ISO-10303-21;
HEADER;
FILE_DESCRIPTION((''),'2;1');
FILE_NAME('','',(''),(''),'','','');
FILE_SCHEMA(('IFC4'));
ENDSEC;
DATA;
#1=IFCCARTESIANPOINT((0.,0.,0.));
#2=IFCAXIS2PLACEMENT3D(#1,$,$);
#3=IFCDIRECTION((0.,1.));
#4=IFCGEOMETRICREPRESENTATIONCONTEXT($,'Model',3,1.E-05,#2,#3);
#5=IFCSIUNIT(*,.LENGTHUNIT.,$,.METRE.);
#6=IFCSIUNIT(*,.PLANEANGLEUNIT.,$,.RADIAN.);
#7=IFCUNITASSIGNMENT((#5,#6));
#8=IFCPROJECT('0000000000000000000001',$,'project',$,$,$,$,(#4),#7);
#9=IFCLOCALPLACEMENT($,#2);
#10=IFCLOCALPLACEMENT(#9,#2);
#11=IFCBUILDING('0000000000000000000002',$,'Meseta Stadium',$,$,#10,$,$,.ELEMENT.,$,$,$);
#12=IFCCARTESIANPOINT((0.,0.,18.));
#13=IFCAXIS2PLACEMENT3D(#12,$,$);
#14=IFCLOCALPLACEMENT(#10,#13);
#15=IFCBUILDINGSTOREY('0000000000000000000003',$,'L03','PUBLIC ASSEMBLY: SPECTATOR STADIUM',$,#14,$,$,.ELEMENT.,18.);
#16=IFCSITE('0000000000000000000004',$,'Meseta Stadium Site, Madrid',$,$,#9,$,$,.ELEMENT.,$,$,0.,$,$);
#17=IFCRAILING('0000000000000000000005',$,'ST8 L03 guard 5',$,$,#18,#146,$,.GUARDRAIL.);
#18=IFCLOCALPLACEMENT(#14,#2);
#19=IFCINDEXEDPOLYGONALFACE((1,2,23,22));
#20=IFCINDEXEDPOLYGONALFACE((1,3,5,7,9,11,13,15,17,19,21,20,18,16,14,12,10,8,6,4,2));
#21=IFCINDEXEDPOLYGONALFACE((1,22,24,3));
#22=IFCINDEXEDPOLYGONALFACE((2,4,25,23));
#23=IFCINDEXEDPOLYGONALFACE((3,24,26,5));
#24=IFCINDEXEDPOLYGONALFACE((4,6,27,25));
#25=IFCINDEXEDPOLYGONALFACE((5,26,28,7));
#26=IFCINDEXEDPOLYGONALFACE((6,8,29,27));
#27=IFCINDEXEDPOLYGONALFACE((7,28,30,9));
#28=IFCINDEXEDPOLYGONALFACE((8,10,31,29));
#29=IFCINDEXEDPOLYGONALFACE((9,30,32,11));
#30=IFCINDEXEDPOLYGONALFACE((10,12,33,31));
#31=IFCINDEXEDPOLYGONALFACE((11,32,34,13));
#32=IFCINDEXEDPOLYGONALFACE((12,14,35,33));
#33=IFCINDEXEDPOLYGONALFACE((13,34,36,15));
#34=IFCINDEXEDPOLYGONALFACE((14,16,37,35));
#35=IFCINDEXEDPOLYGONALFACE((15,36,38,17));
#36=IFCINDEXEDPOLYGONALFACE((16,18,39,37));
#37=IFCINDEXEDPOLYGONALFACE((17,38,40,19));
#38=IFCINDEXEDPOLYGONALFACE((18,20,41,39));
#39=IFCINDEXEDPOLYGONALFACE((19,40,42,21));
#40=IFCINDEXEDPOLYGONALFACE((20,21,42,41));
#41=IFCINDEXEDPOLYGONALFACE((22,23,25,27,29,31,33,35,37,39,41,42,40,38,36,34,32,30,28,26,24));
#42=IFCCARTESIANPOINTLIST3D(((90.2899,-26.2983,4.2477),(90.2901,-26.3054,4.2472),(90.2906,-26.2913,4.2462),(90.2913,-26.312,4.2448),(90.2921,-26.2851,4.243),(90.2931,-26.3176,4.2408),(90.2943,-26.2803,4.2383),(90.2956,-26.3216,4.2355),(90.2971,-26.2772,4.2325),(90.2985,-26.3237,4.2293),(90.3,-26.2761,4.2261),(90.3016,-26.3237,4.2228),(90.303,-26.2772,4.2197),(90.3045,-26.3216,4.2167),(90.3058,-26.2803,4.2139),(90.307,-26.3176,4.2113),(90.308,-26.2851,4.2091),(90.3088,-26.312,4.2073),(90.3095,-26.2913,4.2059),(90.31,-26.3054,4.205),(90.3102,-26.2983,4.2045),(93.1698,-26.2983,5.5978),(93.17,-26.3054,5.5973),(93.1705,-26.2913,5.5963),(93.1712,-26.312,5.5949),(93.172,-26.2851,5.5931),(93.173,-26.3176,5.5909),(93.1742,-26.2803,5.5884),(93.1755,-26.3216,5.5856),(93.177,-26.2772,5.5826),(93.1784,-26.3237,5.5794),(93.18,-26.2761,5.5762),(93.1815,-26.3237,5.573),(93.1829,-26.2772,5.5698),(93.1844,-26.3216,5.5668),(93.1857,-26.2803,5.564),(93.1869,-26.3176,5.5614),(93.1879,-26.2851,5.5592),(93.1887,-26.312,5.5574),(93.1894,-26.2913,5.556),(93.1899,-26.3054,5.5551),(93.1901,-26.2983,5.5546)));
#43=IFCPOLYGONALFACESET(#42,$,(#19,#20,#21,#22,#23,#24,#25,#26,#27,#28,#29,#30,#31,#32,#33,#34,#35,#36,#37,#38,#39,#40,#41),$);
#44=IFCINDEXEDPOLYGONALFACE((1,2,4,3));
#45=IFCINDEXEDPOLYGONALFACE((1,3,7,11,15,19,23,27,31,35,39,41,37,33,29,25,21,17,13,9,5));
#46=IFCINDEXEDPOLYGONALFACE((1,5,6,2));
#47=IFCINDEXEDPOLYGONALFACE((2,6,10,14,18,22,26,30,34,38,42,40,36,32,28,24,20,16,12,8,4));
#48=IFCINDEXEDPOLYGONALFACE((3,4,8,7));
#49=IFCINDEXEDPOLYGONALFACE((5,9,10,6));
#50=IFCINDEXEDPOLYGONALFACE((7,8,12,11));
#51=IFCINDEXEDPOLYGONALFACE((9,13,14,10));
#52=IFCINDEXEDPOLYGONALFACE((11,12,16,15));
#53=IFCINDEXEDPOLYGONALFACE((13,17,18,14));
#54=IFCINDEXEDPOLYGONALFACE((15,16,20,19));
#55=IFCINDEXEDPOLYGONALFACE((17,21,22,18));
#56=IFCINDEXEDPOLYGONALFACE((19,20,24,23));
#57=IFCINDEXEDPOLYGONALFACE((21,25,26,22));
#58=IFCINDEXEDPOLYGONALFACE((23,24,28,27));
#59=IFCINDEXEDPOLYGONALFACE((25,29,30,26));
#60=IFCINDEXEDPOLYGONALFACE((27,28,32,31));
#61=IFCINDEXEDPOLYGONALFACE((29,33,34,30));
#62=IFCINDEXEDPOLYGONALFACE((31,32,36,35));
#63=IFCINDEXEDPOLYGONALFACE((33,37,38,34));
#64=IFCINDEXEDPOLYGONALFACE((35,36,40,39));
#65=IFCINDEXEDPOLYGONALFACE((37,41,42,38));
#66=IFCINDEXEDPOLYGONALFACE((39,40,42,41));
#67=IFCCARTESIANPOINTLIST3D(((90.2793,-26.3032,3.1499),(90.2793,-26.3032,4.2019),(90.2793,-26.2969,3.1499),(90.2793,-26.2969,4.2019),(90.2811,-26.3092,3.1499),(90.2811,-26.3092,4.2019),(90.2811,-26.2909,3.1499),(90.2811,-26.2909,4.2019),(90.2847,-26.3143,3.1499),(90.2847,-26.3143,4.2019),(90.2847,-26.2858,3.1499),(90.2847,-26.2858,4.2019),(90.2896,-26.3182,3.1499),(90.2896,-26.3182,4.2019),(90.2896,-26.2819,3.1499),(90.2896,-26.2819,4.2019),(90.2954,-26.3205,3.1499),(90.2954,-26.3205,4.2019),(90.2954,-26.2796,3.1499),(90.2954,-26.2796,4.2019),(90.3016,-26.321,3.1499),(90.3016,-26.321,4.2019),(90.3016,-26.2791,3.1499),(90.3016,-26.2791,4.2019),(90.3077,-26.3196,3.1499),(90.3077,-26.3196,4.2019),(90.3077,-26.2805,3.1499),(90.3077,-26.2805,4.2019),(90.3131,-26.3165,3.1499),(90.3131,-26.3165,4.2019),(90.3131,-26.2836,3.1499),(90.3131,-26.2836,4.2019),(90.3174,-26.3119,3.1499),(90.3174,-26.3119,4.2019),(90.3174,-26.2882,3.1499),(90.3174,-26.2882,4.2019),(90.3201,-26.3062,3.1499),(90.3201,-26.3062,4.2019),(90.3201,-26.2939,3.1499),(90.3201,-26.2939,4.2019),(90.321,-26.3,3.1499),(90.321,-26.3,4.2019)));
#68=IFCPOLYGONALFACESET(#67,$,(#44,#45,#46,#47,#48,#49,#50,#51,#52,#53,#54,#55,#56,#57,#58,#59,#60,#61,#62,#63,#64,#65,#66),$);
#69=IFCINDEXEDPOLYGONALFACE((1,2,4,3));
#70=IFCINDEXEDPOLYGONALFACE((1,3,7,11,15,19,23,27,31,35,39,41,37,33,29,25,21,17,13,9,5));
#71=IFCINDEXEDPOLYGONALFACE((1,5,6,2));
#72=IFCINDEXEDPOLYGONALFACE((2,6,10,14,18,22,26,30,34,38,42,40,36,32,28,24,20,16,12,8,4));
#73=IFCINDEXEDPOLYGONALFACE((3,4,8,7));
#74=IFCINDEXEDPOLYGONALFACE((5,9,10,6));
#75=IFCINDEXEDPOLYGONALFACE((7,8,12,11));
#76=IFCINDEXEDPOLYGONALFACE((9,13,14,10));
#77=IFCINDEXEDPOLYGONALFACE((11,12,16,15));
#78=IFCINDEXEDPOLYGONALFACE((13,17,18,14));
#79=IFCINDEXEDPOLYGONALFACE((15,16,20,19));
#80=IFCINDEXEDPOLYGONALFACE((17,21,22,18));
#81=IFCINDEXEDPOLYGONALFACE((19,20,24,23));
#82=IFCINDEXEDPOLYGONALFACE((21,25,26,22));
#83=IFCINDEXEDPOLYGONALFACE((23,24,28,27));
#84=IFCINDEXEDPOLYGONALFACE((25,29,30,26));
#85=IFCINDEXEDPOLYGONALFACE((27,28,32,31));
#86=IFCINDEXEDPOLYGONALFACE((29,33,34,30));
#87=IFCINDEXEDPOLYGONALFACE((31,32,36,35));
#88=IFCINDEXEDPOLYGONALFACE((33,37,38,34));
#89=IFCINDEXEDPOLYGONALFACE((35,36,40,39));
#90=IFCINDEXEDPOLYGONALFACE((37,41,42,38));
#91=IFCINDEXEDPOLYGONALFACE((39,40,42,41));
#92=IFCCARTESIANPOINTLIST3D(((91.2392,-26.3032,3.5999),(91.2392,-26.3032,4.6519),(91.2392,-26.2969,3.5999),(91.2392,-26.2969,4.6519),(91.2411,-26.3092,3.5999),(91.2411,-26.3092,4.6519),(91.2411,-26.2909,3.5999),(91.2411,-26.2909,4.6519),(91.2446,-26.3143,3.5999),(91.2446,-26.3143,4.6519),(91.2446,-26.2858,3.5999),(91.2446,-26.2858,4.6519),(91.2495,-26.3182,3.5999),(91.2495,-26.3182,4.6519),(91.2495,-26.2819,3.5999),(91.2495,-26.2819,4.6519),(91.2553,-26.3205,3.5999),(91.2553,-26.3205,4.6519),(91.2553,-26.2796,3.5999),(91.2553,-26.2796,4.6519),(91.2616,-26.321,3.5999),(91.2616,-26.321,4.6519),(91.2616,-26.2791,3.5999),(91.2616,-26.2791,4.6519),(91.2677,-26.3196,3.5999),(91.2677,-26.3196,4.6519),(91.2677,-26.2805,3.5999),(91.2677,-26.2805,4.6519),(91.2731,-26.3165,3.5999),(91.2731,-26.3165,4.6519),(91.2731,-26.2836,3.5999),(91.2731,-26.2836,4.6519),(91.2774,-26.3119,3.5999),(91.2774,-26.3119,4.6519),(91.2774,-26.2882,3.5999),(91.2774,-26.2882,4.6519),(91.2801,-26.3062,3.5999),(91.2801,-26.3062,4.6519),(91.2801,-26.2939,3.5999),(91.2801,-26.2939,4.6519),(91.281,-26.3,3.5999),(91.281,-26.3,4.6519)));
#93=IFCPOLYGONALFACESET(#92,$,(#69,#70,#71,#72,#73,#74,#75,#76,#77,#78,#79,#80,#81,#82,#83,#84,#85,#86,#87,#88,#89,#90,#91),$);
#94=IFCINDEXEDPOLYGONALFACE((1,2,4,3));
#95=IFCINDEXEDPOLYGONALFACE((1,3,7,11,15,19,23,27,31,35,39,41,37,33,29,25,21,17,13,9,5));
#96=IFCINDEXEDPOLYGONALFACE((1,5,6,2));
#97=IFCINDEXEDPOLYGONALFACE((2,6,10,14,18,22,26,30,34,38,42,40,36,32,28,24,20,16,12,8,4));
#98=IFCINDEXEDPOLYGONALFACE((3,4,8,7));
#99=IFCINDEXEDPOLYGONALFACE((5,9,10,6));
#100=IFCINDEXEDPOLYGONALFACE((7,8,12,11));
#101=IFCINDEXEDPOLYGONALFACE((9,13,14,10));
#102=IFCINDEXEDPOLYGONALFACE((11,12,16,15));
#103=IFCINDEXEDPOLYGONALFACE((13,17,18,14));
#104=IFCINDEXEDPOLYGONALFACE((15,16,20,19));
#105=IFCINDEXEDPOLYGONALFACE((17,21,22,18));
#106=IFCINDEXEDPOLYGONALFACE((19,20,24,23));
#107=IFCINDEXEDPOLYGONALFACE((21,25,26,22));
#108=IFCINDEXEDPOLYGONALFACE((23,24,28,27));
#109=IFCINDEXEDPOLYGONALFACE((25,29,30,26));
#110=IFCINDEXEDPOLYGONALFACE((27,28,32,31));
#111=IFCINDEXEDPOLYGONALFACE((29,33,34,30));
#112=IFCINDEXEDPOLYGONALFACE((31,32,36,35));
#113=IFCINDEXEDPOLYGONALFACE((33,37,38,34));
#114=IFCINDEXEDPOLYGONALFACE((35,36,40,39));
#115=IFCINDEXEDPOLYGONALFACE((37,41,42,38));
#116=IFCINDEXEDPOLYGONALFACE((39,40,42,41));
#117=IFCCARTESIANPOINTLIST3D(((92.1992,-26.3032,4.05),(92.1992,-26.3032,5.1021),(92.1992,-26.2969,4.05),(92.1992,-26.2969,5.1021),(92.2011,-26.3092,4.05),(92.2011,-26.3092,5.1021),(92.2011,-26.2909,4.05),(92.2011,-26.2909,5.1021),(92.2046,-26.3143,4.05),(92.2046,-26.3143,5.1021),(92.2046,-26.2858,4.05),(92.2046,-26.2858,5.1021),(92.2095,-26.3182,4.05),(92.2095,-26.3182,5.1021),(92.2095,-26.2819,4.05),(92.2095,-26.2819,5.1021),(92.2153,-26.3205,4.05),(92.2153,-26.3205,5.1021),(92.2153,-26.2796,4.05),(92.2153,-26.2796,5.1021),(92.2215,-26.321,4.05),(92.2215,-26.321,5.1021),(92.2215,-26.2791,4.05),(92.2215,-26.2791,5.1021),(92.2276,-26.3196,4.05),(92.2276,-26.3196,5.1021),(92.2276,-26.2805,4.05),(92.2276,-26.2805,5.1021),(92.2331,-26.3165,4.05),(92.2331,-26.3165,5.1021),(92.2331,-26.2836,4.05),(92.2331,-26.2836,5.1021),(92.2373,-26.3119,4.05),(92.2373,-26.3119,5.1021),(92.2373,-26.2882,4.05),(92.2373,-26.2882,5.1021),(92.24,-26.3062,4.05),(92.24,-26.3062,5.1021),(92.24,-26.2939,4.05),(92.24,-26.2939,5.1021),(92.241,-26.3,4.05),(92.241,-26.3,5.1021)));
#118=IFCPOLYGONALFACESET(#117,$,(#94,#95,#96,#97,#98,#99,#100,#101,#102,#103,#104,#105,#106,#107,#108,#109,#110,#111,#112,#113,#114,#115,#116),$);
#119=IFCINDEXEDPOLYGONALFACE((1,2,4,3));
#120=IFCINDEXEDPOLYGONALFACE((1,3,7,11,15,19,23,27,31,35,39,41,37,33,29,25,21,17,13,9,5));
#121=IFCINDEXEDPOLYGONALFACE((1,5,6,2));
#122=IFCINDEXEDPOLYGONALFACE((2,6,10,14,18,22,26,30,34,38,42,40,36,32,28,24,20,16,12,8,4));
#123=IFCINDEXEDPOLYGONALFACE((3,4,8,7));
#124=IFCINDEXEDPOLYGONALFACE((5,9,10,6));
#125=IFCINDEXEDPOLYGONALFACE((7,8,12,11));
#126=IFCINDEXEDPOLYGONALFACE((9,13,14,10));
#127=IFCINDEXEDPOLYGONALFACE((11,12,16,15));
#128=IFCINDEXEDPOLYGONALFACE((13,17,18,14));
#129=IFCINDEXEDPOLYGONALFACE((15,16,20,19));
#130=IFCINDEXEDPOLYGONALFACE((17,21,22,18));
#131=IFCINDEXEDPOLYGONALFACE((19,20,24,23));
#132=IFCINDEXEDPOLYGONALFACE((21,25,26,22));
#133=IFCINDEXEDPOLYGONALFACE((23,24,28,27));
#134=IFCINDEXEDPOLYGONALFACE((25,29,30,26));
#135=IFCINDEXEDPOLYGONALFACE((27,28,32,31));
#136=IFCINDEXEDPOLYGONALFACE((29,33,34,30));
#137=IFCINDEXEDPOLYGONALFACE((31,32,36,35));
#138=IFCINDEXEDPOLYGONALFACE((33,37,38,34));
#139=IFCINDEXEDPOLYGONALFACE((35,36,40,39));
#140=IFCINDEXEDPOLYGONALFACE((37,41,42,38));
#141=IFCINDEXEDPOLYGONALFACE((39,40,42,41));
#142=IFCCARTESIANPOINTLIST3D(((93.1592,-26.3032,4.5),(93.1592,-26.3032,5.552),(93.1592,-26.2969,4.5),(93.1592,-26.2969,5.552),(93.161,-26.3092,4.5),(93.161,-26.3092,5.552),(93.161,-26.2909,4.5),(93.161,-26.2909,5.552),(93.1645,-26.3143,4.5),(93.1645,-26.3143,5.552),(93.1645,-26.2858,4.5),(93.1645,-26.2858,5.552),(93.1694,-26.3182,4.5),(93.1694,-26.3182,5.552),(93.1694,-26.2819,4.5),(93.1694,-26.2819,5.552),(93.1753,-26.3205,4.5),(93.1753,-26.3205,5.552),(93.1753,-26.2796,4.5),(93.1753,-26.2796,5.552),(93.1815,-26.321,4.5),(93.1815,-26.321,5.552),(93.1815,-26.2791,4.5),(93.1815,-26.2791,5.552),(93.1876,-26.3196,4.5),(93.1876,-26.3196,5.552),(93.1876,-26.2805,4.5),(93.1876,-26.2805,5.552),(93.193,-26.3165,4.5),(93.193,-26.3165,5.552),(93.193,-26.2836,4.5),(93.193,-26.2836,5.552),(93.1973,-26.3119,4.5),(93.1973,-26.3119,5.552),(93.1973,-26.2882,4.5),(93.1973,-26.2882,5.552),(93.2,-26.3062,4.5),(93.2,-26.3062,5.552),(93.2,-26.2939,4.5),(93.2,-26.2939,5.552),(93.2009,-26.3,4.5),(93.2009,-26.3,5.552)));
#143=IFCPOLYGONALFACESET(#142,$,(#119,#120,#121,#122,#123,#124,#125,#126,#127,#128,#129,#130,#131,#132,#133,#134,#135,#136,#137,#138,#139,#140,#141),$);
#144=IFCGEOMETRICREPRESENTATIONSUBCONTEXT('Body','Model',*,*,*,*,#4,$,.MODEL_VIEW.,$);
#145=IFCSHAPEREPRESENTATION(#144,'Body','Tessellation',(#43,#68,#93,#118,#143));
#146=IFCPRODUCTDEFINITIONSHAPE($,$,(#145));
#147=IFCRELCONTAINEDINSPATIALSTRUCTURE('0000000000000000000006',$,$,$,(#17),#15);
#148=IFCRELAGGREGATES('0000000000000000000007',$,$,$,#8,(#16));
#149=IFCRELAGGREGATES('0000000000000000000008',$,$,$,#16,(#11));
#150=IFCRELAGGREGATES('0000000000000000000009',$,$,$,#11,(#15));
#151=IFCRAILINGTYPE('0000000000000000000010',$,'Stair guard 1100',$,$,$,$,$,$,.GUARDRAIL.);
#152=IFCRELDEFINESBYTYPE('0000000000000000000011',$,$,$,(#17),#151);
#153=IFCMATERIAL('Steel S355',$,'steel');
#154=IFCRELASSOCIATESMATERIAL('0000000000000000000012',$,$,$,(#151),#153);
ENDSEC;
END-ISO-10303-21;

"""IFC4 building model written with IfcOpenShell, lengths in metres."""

from ifc_helpers import new_model, si_unit, direction, frame, origin, origin_2d, place, context, subcontext, project, spatial, circle, extrude, material, type_object, element, save


model = new_model("IFC4")

# Units and contexts
model_context = context("Model", 3, precision=1e-05, world=origin(), true_north=direction((0.0, 1.0)))
body_context = subcontext(model_context, "Body", "Model", "MODEL_VIEW")
ifc_project = project(units=[si_unit("LENGTHUNIT", "METRE"), si_unit("PLANEANGLEUNIT", "RADIAN")], contexts=[model_context])

# Site, building, storey
site_placement = place(None, origin())
site = spatial("IfcSite", under=ifc_project, at=site_placement, Name="Meseta Stadium Site, Madrid", CompositionType="ELEMENT", RefElevation=0.0)
building_placement = place(site_placement, origin())
building = spatial("IfcBuilding", under=site, at=building_placement, Name="Meseta Stadium", CompositionType="ELEMENT")
storey_placement = place(building_placement, frame((0.0, 0.0, 18.0)))
storey = spatial("IfcBuildingStorey", under=building, at=storey_placement, Name="L03", Description="PUBLIC ASSEMBLY: SPECTATOR STADIUM", CompositionType="ELEMENT", Elevation=18.0)

# Railing
ifc_material_1 = material(Name="Steel S355", Category="steel")
railing_type_1 = type_object("IfcRailingType", Name="Stair guard 1100", PredefinedType="GUARDRAIL", material=ifc_material_1)
railing_1_placement = place(storey_placement, frame((90.3, -26.3, 3.1499)))
element("IfcRailing", 1, at=railing_1_placement, inside=storey, type_object=railing_type_1, Name="ST8 L03 guard 5", PredefinedType="GUARDRAIL", context=body_context, shape_type="SweptSolid", body=[
    extrude(circle(Radius=0.0239, at=origin_2d()), frame((0.0, 0.0, 1.0762), z_axis=(0.90544, 0.0, 0.424473), x_axis=(0.0, 1.0, 0.0)), (0.0, 0.0, 1.0), 3.1807),
    extrude(circle(Radius=0.021, at=origin_2d()), origin(), (0.0, 0.0, 1.0), 1.052),
    extrude(circle(Radius=0.021, at=origin_2d()), frame((0.96, 0.0, 0.45)), (0.0, 0.0, 1.0), 1.052),
    extrude(circle(Radius=0.021, at=origin_2d()), frame((1.9199, 0.0, 0.9001)), (0.0, 0.0, 1.0), 1.052),
    extrude(circle(Radius=0.021, at=origin_2d()), frame((2.8799, 0.0, 1.3501)), (0.0, 0.0, 1.0), 1.052),
])

save(model, "model.ifc")
